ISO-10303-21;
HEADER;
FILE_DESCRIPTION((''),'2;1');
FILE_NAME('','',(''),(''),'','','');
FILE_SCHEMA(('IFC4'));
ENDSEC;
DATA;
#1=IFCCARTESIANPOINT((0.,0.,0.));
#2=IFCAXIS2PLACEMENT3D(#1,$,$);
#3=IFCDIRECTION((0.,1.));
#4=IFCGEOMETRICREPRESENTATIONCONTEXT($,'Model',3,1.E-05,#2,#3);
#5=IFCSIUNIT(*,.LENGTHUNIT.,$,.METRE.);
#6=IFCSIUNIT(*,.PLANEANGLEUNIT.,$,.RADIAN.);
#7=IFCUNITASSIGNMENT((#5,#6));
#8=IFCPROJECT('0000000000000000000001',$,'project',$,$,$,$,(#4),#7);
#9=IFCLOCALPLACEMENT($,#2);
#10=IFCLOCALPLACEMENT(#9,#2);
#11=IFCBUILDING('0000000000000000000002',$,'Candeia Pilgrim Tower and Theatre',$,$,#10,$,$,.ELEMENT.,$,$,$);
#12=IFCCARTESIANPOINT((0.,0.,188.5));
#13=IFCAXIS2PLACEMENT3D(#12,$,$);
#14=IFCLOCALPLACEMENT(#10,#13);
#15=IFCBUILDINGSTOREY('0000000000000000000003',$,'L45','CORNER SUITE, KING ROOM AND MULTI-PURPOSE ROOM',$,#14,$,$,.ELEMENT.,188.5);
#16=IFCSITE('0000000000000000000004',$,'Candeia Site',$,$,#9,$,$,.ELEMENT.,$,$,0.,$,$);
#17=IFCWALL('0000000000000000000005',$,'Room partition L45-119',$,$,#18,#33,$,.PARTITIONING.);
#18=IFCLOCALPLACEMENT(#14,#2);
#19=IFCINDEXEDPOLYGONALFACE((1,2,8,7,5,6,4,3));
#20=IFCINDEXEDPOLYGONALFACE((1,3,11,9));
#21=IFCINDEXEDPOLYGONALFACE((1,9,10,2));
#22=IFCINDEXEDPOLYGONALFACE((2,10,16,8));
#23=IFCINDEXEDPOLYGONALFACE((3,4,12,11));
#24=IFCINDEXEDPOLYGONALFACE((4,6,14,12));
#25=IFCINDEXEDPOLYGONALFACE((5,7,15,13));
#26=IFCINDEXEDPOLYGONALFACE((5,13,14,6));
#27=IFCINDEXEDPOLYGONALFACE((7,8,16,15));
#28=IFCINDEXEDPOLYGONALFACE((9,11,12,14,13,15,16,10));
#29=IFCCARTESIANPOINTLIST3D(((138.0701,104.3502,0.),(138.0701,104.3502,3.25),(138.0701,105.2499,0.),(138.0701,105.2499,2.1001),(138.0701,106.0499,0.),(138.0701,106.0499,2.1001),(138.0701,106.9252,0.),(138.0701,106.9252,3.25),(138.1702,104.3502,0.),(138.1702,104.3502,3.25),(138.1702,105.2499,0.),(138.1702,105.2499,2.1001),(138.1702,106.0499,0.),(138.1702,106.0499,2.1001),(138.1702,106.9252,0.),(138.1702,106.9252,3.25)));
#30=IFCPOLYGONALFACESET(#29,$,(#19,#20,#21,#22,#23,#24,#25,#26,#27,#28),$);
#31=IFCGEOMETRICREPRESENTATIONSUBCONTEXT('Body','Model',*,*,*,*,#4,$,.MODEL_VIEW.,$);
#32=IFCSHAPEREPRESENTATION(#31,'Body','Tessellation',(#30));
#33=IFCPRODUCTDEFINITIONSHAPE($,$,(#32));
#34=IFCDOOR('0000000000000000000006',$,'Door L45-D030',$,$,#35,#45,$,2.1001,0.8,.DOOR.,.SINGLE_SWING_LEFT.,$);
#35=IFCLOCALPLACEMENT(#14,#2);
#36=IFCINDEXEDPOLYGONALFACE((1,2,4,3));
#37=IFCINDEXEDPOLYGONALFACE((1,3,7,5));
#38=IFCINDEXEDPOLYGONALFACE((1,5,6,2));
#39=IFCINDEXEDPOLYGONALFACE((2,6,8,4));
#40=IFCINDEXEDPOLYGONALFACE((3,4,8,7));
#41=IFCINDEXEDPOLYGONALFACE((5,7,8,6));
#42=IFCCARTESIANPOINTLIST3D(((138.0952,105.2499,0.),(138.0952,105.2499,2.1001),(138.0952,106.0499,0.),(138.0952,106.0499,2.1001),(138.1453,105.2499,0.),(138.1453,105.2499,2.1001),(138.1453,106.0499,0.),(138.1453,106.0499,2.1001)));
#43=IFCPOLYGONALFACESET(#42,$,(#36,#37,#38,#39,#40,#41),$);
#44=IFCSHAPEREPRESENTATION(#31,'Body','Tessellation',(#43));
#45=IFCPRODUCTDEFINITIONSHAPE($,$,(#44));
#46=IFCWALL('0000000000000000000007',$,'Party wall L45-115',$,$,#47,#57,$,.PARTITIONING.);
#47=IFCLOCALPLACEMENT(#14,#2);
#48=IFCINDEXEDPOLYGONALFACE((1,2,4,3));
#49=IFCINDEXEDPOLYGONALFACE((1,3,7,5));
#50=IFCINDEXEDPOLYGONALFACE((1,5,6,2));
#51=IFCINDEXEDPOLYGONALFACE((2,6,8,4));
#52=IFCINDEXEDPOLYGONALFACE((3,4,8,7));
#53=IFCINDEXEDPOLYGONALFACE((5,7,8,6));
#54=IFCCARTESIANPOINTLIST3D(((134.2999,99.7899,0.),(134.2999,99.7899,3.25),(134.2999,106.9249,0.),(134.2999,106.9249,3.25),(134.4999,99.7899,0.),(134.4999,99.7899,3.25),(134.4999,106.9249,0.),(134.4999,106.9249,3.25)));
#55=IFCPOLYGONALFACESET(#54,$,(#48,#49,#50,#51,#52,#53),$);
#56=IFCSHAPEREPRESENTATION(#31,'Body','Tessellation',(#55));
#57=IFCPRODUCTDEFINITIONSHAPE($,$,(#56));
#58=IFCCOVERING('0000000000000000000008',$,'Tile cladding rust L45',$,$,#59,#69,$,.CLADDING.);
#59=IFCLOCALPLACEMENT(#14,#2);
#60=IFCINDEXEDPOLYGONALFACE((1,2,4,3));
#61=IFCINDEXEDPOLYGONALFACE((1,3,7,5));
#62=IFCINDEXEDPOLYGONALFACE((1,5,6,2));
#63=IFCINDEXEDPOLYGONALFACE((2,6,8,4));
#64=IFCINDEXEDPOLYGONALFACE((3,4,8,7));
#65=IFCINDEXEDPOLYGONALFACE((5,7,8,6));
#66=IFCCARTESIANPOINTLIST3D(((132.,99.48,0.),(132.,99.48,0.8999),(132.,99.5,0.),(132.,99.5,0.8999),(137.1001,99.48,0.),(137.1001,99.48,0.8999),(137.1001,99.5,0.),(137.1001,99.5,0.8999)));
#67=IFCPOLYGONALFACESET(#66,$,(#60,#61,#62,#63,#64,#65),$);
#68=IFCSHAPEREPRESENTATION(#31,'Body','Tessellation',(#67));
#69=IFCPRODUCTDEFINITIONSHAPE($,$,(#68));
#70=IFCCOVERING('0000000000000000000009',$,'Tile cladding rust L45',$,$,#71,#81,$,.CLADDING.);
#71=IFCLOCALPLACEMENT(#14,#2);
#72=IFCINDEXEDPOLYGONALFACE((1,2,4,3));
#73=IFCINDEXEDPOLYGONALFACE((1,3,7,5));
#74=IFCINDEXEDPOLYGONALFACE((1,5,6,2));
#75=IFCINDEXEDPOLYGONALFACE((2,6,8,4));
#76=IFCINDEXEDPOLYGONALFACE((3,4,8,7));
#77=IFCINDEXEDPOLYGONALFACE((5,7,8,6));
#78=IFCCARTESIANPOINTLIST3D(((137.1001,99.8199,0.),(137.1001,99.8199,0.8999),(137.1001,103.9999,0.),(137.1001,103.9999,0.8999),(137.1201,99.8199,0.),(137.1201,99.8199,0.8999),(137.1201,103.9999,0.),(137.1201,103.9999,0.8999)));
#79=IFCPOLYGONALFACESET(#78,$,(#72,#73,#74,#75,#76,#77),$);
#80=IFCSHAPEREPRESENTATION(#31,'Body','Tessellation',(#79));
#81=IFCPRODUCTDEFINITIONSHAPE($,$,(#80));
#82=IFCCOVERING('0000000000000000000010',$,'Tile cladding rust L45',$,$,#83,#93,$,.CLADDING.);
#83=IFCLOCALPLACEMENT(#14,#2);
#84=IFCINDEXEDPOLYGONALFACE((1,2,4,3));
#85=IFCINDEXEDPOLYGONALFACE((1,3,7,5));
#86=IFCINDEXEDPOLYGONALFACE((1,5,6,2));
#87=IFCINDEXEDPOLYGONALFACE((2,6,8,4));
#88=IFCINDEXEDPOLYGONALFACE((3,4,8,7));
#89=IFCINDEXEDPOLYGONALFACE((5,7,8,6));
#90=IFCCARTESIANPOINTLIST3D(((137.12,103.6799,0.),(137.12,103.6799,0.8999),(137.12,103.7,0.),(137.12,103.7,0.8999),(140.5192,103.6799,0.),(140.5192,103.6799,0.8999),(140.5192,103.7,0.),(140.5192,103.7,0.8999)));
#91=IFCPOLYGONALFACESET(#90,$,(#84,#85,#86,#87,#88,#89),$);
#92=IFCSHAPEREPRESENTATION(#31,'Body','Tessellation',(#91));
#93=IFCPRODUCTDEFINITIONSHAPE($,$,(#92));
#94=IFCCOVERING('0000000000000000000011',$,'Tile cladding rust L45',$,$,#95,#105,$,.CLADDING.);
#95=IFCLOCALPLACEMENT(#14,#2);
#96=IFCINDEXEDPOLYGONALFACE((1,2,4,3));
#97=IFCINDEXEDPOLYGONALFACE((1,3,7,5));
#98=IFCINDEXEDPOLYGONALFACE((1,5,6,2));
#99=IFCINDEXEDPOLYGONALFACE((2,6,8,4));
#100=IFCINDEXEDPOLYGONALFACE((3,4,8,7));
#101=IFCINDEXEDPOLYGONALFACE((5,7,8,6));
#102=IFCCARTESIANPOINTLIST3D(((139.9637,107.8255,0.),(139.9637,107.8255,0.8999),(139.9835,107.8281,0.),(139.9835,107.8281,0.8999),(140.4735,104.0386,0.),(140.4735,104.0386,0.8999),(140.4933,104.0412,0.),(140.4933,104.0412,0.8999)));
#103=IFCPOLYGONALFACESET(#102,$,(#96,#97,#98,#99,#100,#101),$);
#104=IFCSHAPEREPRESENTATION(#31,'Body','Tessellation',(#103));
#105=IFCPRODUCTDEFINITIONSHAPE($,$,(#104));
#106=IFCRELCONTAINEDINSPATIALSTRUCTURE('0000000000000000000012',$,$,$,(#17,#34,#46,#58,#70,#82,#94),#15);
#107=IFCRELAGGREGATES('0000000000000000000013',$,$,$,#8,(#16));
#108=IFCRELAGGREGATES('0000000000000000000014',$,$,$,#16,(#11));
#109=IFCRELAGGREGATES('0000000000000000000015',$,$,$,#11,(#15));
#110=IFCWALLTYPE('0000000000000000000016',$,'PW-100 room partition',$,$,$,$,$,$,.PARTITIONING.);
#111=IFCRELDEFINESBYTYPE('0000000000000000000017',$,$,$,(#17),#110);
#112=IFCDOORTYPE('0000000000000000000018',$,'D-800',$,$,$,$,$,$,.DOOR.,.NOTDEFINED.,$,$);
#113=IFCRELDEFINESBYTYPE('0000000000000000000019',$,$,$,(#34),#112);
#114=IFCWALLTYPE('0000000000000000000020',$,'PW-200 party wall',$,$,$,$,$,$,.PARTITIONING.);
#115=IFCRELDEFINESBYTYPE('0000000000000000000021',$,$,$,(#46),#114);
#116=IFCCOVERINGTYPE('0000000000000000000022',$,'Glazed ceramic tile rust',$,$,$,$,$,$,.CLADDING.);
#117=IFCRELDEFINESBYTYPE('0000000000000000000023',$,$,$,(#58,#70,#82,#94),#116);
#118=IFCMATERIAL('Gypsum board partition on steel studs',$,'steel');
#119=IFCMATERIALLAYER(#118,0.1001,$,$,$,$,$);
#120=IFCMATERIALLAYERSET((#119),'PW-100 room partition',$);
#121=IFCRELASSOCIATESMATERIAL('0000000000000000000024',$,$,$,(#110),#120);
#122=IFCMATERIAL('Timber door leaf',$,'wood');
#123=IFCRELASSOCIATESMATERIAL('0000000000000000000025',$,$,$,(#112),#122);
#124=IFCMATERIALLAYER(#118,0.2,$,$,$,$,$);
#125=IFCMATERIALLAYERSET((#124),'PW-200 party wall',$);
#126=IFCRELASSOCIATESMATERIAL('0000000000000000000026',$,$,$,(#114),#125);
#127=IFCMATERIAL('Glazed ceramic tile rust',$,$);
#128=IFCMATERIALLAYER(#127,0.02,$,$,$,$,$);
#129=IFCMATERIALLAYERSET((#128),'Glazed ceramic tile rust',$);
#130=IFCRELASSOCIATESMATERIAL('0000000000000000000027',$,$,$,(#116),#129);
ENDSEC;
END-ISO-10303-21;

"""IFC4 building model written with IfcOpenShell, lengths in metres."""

from ifc_helpers import new_model, si_unit, direction, frame, frame_2d, origin, origin_2d, place, context, subcontext, project, spatial, rectangle, extrude, material, layer, layer_set, type_object, element, fill, save


model = new_model("IFC4")

# Units and contexts
model_context = context("Model", 3, precision=1e-05, world=origin(), true_north=direction((0.0, 1.0)))
body_context = subcontext(model_context, "Body", "Model", "MODEL_VIEW")
ifc_project = project(units=[si_unit("LENGTHUNIT", "METRE"), si_unit("PLANEANGLEUNIT", "RADIAN")], contexts=[model_context])

# Site, building, storey
site_placement = place(None, origin())
site = spatial("IfcSite", under=ifc_project, at=site_placement, Name="Candeia Site", CompositionType="ELEMENT", RefElevation=0.0)
building_placement = place(site_placement, origin())
building = spatial("IfcBuilding", under=site, at=building_placement, Name="Candeia Pilgrim Tower and Theatre", CompositionType="ELEMENT")
storey_placement = place(building_placement, frame((0.0, 0.0, 188.5)))
storey = spatial("IfcBuildingStorey", under=building, at=storey_placement, Name="L45", Description="CORNER SUITE, KING ROOM AND MULTI-PURPOSE ROOM", CompositionType="ELEMENT", Elevation=188.5)

# Shared definitions
ifc_material_1 = material(Name="Gypsum board partition on steel studs", Category="steel")
ifc_layer_1 = layer(ifc_material_1, 0.1001)
ifc_layer_set_1 = layer_set([ifc_layer_1], Name="PW-100 room partition")
wall_type_1 = type_object("IfcWallType", Name="PW-100 room partition", PredefinedType="PARTITIONING", material=ifc_layer_set_1)

# Wall, opening, door
wall_1_placement = place(storey_placement, frame((138.1201, 104.3501, 0.0), z_axis=(0.0, 0.0, 1.0), x_axis=(0.0, 1.0, 0.0)))
wall_1 = element("IfcWall", 1, at=wall_1_placement, inside=storey, type_object=wall_type_1, Name="Room partition L45-119", PredefinedType="PARTITIONING", context=body_context, shape_type="SweptSolid", body=[
    extrude(rectangle(XDim=2.575, YDim=0.1001, at=frame_2d((1.2876, 0.0))), origin(), (0.0, 0.0, 1.0), 3.25),
])
opening_1_placement = place(wall_1_placement, frame((0.8999, 0.0, 0.0)))
opening_1 = element("IfcOpeningElement", 2, at=opening_1_placement, cuts=wall_1, PredefinedType="OPENING", context=body_context, shape_type="SweptSolid", body=[
    extrude(rectangle(XDim=0.8, YDim=2.1001, at=frame_2d((0.3999, 1.05))), frame((0.0, 0.0601, 0.0), z_axis=(0.0, -1.0, 0.0), x_axis=(1.0, 0.0, 0.0)), (0.0, 0.0, 1.0), 0.1201),
])
ifc_material_2 = material(Name="Timber door leaf", Category="wood")
door_type_1 = type_object("IfcDoorType", Name="D-800", OperationType="NOTDEFINED", PredefinedType="DOOR", material=ifc_material_2)
door_1_placement = place(opening_1_placement, origin())
door_1 = element("IfcDoor", 3, at=door_1_placement, inside=storey, type_object=door_type_1, Name="Door L45-D030", OperationType="SINGLE_SWING_LEFT", OverallHeight=2.1001, OverallWidth=0.8, PredefinedType="DOOR", context=body_context, shape_type="SweptSolid", body=[
    extrude(rectangle(XDim=0.8, YDim=2.1001, at=frame_2d((0.3999, 1.05))), frame((0.0, 0.0249, 0.0), z_axis=(0.0, -1.0, 0.0), x_axis=(1.0, 0.0, 0.0)), (0.0, 0.0, 1.0), 0.05),
])
fill(opening_1, door_1)

# Wall
ifc_layer_2 = layer(ifc_material_1, 0.2)
ifc_layer_set_2 = layer_set([ifc_layer_2], Name="PW-200 party wall")
wall_type_2 = type_object("IfcWallType", Name="PW-200 party wall", PredefinedType="PARTITIONING", material=ifc_layer_set_2)
wall_2_placement = place(storey_placement, frame((134.3999, 99.79, 0.0), z_axis=(0.0, 0.0, 1.0), x_axis=(0.0, 1.0, 0.0)))
element("IfcWall", 4, at=wall_2_placement, inside=storey, type_object=wall_type_2, Name="Party wall L45-115", PredefinedType="PARTITIONING", context=body_context, shape_type="SweptSolid", body=[
    extrude(rectangle(XDim=7.135, YDim=0.2, at=frame_2d((3.5674, 0.0))), origin(), (0.0, 0.0, 1.0), 3.25),
])

# Coverings
ifc_material_3 = material(Name="Glazed ceramic tile rust")
ifc_layer_3 = layer(ifc_material_3, 0.02)
ifc_layer_set_3 = layer_set([ifc_layer_3], Name="Glazed ceramic tile rust")
covering_type = type_object("IfcCoveringType", Name="Glazed ceramic tile rust", PredefinedType="CLADDING", material=ifc_layer_set_3)
covering_1_placement = place(storey_placement, frame((134.55, 99.49, 0.0), z_axis=(0.0, 0.0, 1.0), x_axis=(1.0, 0.0, 0.0)))
element("IfcCovering", 5, at=covering_1_placement, inside=storey, type_object=covering_type, Name="Tile cladding rust L45", PredefinedType="CLADDING", context=body_context, shape_type="SweptSolid", body=[
    extrude(rectangle(XDim=5.1001, YDim=0.02, at=origin_2d()), origin(), (0.0, 0.0, 1.0), 0.8999),
])
covering_2_placement = place(storey_placement, frame((137.1101, 101.9099, 0.0), z_axis=(0.0, 0.0, 1.0), x_axis=(0.0, 1.0, 0.0)))
element("IfcCovering", 6, at=covering_2_placement, inside=storey, type_object=covering_type, Name="Tile cladding rust L45", PredefinedType="CLADDING", context=body_context, shape_type="SweptSolid", body=[
    extrude(rectangle(XDim=4.1799, YDim=0.02, at=origin_2d()), origin(), (0.0, 0.0, 1.0), 0.8999),
])
covering_3_placement = place(storey_placement, frame((138.8196, 103.6899, 0.0), z_axis=(0.0, 0.0, 1.0), x_axis=(1.0, 0.0, 0.0)))
element("IfcCovering", 7, at=covering_3_placement, inside=storey, type_object=covering_type, Name="Tile cladding rust L45", PredefinedType="CLADDING", context=body_context, shape_type="SweptSolid", body=[
    extrude(rectangle(XDim=3.3992, YDim=0.02, at=origin_2d()), origin(), (0.0, 0.0, 1.0), 0.8999),
])
covering_4_placement = place(storey_placement, frame((140.2285, 105.9333, 0.0), z_axis=(0.0, 0.0, 1.0), x_axis=(-0.133412, 0.991061, 0.0)))
element("IfcCovering", 8, at=covering_4_placement, inside=storey, type_object=covering_type, Name="Tile cladding rust L45", PredefinedType="CLADDING", context=body_context, shape_type="SweptSolid", body=[
    extrude(rectangle(XDim=3.821, YDim=0.02, at=origin_2d()), origin(), (0.0, 0.0, 1.0), 0.8999),
])

save(model, "model.ifc")
